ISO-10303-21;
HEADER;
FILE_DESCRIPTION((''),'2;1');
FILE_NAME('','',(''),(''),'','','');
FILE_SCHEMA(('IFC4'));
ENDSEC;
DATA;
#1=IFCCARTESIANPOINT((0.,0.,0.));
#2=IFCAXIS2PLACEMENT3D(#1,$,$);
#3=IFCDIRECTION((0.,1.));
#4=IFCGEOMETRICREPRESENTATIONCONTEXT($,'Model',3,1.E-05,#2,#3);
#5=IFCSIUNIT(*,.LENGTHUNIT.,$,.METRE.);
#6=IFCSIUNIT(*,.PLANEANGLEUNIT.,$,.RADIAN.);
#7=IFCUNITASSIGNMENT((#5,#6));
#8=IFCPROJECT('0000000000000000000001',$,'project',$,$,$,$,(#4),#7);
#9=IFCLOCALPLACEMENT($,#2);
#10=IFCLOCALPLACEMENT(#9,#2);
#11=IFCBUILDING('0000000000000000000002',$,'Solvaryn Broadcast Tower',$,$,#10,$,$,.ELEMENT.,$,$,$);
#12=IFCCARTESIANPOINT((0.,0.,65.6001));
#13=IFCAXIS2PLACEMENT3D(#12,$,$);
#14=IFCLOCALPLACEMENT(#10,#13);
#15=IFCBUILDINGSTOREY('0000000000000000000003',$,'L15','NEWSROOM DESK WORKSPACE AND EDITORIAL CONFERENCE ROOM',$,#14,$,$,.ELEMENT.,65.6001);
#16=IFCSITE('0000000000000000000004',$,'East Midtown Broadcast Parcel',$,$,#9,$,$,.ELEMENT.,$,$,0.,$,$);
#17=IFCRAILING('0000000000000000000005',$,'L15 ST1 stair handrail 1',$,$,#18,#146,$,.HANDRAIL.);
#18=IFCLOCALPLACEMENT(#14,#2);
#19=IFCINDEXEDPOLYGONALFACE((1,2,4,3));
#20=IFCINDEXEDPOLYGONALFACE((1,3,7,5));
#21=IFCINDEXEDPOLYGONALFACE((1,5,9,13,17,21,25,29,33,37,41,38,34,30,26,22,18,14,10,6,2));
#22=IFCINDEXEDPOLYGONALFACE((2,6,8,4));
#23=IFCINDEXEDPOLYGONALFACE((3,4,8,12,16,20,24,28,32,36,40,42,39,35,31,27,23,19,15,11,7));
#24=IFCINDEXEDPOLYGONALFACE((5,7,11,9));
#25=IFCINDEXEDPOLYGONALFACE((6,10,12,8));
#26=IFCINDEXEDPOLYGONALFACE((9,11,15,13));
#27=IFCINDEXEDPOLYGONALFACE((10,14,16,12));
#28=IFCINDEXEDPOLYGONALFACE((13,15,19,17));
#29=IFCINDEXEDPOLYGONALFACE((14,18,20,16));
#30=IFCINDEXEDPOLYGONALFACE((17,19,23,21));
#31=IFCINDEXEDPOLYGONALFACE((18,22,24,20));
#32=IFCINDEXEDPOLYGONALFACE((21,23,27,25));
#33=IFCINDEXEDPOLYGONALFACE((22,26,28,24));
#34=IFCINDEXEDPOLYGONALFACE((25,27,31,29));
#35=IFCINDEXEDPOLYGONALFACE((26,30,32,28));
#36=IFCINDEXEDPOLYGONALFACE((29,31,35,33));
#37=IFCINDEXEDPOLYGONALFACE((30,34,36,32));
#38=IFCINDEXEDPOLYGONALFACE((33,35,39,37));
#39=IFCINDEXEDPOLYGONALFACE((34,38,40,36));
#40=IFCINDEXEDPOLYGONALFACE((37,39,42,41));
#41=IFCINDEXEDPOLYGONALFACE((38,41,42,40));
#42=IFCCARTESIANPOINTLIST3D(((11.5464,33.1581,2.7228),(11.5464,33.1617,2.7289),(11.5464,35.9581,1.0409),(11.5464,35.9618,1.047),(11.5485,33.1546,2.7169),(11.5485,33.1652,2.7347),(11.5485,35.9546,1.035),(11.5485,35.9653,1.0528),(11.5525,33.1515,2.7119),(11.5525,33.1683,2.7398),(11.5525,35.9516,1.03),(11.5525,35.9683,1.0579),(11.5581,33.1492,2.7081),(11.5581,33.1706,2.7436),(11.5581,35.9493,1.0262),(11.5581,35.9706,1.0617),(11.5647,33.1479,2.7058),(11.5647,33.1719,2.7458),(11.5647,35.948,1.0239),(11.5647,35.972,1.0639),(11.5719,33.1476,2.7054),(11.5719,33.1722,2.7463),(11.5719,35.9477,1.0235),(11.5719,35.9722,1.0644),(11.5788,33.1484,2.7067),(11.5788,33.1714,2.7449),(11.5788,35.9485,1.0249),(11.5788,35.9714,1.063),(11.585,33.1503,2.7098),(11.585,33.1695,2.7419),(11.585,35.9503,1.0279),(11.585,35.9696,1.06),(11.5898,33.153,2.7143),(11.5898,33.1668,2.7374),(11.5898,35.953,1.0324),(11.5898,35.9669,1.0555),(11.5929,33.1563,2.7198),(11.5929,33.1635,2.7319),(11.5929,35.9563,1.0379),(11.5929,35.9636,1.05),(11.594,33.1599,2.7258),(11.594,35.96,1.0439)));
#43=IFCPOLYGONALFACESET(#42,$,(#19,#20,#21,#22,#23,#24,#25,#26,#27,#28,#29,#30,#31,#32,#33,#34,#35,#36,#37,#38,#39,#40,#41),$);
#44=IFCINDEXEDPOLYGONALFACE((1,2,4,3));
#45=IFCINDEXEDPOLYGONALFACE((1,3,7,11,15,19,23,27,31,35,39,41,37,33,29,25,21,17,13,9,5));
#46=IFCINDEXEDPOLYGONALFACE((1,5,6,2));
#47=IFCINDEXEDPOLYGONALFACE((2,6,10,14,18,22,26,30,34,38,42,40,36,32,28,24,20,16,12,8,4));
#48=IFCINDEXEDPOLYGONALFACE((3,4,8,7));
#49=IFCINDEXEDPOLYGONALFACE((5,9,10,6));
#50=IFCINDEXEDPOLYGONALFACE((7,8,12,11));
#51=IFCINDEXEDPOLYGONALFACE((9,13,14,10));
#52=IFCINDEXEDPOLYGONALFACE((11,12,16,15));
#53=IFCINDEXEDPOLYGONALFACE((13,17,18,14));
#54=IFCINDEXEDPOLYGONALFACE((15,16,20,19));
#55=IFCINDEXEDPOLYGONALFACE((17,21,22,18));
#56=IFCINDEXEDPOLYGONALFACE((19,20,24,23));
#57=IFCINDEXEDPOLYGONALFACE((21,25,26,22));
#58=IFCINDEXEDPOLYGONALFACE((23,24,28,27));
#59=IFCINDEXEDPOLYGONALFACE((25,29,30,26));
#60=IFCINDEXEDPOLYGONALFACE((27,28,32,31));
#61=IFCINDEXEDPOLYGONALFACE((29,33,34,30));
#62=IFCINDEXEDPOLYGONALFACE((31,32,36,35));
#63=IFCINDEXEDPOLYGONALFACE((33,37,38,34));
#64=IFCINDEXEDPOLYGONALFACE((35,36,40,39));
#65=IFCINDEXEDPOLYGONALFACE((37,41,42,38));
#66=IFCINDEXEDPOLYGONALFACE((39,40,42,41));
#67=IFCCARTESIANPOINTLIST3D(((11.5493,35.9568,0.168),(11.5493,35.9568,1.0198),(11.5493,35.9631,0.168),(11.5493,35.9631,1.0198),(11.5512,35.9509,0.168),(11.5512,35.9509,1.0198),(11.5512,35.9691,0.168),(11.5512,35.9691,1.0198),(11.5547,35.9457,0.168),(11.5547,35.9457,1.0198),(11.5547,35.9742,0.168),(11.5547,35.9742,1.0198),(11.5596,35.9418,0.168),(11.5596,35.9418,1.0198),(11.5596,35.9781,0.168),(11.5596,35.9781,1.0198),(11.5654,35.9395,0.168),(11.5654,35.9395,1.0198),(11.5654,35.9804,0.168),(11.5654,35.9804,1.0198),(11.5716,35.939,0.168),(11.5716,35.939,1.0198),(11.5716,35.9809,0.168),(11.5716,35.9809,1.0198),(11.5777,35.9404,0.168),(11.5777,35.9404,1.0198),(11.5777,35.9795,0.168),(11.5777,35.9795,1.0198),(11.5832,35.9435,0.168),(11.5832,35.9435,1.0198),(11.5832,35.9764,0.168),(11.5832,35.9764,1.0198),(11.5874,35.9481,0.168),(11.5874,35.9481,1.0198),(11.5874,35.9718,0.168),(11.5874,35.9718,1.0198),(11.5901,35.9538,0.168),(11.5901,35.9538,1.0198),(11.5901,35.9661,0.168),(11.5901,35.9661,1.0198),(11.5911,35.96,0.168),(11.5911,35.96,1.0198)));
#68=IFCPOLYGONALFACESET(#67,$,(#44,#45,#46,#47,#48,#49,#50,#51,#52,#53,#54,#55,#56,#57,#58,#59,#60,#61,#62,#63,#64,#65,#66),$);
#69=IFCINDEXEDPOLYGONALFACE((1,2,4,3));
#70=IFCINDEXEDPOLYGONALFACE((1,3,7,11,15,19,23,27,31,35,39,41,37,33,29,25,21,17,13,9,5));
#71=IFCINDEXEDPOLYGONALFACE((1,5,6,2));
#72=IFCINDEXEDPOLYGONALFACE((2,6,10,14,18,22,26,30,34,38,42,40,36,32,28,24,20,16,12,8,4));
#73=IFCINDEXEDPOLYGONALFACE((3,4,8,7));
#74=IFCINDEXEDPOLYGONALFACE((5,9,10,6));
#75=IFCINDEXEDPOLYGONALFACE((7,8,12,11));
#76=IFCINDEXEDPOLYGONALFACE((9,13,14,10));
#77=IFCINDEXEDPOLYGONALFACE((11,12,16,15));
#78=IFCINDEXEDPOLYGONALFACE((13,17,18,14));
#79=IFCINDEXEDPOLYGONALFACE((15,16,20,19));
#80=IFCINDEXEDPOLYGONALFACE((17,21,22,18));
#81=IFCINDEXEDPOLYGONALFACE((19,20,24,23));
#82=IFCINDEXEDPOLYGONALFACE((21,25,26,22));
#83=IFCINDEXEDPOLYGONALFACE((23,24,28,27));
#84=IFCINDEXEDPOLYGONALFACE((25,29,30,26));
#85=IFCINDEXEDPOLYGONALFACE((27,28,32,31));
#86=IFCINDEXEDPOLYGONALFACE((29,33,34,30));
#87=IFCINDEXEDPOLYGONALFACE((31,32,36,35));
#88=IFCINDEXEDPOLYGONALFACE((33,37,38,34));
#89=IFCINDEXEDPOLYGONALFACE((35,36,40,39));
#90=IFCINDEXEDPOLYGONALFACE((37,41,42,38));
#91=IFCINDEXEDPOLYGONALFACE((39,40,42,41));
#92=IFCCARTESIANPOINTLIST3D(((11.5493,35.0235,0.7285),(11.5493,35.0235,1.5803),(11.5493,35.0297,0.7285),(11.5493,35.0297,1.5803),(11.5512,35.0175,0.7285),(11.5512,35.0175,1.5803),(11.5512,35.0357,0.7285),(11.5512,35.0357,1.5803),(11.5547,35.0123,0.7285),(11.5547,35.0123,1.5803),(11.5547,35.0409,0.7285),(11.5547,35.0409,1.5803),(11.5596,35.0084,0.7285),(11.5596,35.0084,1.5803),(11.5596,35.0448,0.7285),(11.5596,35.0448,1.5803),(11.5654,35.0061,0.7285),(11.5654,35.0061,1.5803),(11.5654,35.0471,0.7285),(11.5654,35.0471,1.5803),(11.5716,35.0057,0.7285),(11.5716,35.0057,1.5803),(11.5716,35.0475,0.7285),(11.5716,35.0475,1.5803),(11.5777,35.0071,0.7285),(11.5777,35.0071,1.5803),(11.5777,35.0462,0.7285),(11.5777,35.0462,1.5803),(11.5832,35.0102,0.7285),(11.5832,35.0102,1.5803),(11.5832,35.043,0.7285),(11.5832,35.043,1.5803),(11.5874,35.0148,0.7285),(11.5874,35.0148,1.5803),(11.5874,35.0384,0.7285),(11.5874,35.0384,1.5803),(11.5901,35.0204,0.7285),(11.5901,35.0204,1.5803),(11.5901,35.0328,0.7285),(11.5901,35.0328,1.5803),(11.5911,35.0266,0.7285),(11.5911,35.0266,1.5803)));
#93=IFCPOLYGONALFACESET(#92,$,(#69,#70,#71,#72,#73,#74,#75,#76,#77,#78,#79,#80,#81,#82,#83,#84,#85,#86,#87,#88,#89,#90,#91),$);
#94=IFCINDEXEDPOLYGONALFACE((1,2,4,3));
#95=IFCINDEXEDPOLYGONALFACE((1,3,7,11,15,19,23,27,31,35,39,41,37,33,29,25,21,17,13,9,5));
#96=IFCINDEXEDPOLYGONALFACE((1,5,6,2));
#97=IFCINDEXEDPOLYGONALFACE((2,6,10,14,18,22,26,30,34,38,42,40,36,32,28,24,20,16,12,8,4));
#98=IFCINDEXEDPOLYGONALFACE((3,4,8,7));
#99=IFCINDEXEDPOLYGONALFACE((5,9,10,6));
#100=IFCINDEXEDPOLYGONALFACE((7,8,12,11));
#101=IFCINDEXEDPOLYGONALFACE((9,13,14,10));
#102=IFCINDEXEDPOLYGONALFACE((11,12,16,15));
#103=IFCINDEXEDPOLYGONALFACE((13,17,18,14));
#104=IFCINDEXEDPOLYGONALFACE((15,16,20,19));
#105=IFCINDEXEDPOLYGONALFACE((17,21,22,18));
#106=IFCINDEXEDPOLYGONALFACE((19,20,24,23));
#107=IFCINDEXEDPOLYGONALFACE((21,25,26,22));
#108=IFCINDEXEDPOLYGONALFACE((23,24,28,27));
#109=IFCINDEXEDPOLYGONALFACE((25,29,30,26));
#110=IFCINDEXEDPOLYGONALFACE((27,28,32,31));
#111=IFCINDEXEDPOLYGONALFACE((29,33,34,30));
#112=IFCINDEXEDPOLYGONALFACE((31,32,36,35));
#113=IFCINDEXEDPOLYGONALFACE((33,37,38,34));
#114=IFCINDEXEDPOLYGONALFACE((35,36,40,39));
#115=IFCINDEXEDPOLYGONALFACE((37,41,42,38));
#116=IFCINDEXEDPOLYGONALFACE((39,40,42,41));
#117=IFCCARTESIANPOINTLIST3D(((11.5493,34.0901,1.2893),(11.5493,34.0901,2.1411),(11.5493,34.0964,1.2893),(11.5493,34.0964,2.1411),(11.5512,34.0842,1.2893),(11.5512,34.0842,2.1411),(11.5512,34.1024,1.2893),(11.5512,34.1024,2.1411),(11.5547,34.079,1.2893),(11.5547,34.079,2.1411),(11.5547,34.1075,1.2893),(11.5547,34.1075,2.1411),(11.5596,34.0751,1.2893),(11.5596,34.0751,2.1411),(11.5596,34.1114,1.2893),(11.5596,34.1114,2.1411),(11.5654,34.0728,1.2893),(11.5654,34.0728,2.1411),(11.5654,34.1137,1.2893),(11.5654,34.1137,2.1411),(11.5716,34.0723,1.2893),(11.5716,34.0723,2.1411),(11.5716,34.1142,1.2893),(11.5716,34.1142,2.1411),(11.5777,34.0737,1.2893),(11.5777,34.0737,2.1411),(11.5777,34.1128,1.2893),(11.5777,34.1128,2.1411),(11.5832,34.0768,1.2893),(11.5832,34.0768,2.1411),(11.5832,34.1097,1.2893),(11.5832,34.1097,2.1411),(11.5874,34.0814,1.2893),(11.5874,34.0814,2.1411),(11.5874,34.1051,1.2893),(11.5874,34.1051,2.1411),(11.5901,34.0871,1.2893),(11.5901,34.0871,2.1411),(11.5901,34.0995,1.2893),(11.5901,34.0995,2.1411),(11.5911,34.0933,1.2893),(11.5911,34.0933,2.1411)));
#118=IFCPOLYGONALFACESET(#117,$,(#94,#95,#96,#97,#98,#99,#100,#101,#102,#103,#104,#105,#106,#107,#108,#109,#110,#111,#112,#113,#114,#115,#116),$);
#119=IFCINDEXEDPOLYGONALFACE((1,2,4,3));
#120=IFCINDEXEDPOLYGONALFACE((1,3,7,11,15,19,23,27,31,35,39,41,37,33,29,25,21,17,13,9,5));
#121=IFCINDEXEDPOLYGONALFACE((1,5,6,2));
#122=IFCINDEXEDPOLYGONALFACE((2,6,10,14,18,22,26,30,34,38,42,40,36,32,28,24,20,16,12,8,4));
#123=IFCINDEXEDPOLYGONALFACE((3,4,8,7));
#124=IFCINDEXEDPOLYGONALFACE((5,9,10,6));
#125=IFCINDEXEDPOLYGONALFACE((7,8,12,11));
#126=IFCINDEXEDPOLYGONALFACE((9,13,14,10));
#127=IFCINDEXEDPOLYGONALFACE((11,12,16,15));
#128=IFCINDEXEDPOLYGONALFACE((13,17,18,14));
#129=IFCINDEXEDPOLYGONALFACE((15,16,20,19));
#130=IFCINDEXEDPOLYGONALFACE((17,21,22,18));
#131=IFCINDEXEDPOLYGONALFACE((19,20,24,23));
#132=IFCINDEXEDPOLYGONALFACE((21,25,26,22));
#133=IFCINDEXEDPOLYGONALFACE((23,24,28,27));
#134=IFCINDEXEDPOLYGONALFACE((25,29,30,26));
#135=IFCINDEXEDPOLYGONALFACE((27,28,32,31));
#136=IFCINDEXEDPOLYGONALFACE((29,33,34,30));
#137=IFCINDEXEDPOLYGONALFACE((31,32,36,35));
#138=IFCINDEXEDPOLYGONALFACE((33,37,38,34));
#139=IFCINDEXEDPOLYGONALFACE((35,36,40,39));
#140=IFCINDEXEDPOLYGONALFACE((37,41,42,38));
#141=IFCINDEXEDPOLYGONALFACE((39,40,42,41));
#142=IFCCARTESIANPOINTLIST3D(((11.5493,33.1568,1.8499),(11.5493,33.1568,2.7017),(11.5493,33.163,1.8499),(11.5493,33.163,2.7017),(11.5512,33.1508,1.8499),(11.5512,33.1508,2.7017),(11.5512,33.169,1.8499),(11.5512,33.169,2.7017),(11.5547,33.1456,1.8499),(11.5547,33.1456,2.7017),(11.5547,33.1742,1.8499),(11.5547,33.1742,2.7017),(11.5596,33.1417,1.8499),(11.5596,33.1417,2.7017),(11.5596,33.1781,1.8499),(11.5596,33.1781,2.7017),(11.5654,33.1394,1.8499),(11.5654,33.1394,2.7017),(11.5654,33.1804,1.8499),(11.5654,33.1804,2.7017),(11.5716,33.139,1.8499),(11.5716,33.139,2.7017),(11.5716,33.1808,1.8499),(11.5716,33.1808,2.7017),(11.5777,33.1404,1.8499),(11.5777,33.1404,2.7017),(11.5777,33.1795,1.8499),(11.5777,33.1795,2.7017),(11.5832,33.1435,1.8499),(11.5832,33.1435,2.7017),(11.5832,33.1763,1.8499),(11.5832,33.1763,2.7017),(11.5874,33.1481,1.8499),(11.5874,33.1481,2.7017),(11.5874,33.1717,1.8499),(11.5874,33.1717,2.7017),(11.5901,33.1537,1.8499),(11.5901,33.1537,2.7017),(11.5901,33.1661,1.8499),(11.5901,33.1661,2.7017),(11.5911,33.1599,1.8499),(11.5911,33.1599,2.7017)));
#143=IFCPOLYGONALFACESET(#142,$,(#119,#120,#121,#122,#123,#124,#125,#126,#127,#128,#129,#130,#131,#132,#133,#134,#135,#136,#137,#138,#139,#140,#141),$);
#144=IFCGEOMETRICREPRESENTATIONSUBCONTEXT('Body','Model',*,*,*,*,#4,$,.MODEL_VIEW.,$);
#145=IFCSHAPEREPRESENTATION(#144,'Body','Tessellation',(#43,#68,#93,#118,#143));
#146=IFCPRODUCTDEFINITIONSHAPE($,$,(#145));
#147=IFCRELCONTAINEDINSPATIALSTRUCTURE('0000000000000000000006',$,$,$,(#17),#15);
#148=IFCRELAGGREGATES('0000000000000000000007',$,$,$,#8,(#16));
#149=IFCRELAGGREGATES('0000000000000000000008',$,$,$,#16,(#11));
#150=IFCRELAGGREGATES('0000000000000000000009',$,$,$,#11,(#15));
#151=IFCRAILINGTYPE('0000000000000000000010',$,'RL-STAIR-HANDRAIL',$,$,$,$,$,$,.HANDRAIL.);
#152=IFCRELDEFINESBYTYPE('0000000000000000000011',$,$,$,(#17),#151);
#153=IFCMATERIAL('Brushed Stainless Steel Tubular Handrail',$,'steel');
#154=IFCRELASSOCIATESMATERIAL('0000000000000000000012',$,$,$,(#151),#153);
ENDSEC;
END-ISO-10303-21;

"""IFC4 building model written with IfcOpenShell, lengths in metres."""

from ifc_helpers import new_model, si_unit, direction, frame, origin, origin_2d, place, context, subcontext, project, spatial, circle, extrude, material, type_object, element, save


model = new_model("IFC4")

# Units and contexts
model_context = context("Model", 3, precision=1e-05, world=origin(), true_north=direction((0.0, 1.0)))
body_context = subcontext(model_context, "Body", "Model", "MODEL_VIEW")
ifc_project = project(units=[si_unit("LENGTHUNIT", "METRE"), si_unit("PLANEANGLEUNIT", "RADIAN")], contexts=[model_context])

# Site, building, storey
site_placement = place(None, origin())
site = spatial("IfcSite", under=ifc_project, at=site_placement, Name="East Midtown Broadcast Parcel", CompositionType="ELEMENT", RefElevation=0.0)
building_placement = place(site_placement, origin())
building = spatial("IfcBuilding", under=site, at=building_placement, Name="Solvaryn Broadcast Tower", CompositionType="ELEMENT")
storey_placement = place(building_placement, frame((0.0, 0.0, 65.6001)))
storey = spatial("IfcBuildingStorey", under=building, at=storey_placement, Name="L15", Description="NEWSROOM DESK WORKSPACE AND EDITORIAL CONFERENCE ROOM", CompositionType="ELEMENT", Elevation=65.6001)

# Railing
ifc_material_1 = material(Name="Brushed Stainless Steel Tubular Handrail", Category="steel")
railing_type_1 = type_object("IfcRailingType", Name="RL-STAIR-HANDRAIL", PredefinedType="HANDRAIL", material=ifc_material_1)
railing_1_placement = place(storey_placement, frame((11.5701, 35.96, 0.168)))
element("IfcRailing", 1, at=railing_1_placement, inside=storey, type_object=railing_type_1, Name="L15 ST1 stair handrail 1", PredefinedType="HANDRAIL", context=body_context, shape_type="SweptSolid", body=[
    extrude(circle(Radius=0.0239, at=origin_2d()), frame((0.0, 0.0, 0.876), z_axis=(0.0, -0.857242, 0.514913), x_axis=(1.0, 0.0, 0.0)), (0.0, 0.0, 1.0), 3.2664),
    extrude(circle(Radius=0.021, at=origin_2d()), origin(), (0.0, 0.0, 1.0), 0.8518),
    extrude(circle(Radius=0.021, at=origin_2d()), frame((0.0, -0.9333, 0.5605)), (0.0, 0.0, 1.0), 0.8518),
    extrude(circle(Radius=0.021, at=origin_2d()), frame((0.0, -1.8667, 1.1213)), (0.0, 0.0, 1.0), 0.8518),
    extrude(circle(Radius=0.021, at=origin_2d()), frame((0.0, -2.8, 1.6819)), (0.0, 0.0, 1.0), 0.8518),
])

save(model, "model.ifc")
